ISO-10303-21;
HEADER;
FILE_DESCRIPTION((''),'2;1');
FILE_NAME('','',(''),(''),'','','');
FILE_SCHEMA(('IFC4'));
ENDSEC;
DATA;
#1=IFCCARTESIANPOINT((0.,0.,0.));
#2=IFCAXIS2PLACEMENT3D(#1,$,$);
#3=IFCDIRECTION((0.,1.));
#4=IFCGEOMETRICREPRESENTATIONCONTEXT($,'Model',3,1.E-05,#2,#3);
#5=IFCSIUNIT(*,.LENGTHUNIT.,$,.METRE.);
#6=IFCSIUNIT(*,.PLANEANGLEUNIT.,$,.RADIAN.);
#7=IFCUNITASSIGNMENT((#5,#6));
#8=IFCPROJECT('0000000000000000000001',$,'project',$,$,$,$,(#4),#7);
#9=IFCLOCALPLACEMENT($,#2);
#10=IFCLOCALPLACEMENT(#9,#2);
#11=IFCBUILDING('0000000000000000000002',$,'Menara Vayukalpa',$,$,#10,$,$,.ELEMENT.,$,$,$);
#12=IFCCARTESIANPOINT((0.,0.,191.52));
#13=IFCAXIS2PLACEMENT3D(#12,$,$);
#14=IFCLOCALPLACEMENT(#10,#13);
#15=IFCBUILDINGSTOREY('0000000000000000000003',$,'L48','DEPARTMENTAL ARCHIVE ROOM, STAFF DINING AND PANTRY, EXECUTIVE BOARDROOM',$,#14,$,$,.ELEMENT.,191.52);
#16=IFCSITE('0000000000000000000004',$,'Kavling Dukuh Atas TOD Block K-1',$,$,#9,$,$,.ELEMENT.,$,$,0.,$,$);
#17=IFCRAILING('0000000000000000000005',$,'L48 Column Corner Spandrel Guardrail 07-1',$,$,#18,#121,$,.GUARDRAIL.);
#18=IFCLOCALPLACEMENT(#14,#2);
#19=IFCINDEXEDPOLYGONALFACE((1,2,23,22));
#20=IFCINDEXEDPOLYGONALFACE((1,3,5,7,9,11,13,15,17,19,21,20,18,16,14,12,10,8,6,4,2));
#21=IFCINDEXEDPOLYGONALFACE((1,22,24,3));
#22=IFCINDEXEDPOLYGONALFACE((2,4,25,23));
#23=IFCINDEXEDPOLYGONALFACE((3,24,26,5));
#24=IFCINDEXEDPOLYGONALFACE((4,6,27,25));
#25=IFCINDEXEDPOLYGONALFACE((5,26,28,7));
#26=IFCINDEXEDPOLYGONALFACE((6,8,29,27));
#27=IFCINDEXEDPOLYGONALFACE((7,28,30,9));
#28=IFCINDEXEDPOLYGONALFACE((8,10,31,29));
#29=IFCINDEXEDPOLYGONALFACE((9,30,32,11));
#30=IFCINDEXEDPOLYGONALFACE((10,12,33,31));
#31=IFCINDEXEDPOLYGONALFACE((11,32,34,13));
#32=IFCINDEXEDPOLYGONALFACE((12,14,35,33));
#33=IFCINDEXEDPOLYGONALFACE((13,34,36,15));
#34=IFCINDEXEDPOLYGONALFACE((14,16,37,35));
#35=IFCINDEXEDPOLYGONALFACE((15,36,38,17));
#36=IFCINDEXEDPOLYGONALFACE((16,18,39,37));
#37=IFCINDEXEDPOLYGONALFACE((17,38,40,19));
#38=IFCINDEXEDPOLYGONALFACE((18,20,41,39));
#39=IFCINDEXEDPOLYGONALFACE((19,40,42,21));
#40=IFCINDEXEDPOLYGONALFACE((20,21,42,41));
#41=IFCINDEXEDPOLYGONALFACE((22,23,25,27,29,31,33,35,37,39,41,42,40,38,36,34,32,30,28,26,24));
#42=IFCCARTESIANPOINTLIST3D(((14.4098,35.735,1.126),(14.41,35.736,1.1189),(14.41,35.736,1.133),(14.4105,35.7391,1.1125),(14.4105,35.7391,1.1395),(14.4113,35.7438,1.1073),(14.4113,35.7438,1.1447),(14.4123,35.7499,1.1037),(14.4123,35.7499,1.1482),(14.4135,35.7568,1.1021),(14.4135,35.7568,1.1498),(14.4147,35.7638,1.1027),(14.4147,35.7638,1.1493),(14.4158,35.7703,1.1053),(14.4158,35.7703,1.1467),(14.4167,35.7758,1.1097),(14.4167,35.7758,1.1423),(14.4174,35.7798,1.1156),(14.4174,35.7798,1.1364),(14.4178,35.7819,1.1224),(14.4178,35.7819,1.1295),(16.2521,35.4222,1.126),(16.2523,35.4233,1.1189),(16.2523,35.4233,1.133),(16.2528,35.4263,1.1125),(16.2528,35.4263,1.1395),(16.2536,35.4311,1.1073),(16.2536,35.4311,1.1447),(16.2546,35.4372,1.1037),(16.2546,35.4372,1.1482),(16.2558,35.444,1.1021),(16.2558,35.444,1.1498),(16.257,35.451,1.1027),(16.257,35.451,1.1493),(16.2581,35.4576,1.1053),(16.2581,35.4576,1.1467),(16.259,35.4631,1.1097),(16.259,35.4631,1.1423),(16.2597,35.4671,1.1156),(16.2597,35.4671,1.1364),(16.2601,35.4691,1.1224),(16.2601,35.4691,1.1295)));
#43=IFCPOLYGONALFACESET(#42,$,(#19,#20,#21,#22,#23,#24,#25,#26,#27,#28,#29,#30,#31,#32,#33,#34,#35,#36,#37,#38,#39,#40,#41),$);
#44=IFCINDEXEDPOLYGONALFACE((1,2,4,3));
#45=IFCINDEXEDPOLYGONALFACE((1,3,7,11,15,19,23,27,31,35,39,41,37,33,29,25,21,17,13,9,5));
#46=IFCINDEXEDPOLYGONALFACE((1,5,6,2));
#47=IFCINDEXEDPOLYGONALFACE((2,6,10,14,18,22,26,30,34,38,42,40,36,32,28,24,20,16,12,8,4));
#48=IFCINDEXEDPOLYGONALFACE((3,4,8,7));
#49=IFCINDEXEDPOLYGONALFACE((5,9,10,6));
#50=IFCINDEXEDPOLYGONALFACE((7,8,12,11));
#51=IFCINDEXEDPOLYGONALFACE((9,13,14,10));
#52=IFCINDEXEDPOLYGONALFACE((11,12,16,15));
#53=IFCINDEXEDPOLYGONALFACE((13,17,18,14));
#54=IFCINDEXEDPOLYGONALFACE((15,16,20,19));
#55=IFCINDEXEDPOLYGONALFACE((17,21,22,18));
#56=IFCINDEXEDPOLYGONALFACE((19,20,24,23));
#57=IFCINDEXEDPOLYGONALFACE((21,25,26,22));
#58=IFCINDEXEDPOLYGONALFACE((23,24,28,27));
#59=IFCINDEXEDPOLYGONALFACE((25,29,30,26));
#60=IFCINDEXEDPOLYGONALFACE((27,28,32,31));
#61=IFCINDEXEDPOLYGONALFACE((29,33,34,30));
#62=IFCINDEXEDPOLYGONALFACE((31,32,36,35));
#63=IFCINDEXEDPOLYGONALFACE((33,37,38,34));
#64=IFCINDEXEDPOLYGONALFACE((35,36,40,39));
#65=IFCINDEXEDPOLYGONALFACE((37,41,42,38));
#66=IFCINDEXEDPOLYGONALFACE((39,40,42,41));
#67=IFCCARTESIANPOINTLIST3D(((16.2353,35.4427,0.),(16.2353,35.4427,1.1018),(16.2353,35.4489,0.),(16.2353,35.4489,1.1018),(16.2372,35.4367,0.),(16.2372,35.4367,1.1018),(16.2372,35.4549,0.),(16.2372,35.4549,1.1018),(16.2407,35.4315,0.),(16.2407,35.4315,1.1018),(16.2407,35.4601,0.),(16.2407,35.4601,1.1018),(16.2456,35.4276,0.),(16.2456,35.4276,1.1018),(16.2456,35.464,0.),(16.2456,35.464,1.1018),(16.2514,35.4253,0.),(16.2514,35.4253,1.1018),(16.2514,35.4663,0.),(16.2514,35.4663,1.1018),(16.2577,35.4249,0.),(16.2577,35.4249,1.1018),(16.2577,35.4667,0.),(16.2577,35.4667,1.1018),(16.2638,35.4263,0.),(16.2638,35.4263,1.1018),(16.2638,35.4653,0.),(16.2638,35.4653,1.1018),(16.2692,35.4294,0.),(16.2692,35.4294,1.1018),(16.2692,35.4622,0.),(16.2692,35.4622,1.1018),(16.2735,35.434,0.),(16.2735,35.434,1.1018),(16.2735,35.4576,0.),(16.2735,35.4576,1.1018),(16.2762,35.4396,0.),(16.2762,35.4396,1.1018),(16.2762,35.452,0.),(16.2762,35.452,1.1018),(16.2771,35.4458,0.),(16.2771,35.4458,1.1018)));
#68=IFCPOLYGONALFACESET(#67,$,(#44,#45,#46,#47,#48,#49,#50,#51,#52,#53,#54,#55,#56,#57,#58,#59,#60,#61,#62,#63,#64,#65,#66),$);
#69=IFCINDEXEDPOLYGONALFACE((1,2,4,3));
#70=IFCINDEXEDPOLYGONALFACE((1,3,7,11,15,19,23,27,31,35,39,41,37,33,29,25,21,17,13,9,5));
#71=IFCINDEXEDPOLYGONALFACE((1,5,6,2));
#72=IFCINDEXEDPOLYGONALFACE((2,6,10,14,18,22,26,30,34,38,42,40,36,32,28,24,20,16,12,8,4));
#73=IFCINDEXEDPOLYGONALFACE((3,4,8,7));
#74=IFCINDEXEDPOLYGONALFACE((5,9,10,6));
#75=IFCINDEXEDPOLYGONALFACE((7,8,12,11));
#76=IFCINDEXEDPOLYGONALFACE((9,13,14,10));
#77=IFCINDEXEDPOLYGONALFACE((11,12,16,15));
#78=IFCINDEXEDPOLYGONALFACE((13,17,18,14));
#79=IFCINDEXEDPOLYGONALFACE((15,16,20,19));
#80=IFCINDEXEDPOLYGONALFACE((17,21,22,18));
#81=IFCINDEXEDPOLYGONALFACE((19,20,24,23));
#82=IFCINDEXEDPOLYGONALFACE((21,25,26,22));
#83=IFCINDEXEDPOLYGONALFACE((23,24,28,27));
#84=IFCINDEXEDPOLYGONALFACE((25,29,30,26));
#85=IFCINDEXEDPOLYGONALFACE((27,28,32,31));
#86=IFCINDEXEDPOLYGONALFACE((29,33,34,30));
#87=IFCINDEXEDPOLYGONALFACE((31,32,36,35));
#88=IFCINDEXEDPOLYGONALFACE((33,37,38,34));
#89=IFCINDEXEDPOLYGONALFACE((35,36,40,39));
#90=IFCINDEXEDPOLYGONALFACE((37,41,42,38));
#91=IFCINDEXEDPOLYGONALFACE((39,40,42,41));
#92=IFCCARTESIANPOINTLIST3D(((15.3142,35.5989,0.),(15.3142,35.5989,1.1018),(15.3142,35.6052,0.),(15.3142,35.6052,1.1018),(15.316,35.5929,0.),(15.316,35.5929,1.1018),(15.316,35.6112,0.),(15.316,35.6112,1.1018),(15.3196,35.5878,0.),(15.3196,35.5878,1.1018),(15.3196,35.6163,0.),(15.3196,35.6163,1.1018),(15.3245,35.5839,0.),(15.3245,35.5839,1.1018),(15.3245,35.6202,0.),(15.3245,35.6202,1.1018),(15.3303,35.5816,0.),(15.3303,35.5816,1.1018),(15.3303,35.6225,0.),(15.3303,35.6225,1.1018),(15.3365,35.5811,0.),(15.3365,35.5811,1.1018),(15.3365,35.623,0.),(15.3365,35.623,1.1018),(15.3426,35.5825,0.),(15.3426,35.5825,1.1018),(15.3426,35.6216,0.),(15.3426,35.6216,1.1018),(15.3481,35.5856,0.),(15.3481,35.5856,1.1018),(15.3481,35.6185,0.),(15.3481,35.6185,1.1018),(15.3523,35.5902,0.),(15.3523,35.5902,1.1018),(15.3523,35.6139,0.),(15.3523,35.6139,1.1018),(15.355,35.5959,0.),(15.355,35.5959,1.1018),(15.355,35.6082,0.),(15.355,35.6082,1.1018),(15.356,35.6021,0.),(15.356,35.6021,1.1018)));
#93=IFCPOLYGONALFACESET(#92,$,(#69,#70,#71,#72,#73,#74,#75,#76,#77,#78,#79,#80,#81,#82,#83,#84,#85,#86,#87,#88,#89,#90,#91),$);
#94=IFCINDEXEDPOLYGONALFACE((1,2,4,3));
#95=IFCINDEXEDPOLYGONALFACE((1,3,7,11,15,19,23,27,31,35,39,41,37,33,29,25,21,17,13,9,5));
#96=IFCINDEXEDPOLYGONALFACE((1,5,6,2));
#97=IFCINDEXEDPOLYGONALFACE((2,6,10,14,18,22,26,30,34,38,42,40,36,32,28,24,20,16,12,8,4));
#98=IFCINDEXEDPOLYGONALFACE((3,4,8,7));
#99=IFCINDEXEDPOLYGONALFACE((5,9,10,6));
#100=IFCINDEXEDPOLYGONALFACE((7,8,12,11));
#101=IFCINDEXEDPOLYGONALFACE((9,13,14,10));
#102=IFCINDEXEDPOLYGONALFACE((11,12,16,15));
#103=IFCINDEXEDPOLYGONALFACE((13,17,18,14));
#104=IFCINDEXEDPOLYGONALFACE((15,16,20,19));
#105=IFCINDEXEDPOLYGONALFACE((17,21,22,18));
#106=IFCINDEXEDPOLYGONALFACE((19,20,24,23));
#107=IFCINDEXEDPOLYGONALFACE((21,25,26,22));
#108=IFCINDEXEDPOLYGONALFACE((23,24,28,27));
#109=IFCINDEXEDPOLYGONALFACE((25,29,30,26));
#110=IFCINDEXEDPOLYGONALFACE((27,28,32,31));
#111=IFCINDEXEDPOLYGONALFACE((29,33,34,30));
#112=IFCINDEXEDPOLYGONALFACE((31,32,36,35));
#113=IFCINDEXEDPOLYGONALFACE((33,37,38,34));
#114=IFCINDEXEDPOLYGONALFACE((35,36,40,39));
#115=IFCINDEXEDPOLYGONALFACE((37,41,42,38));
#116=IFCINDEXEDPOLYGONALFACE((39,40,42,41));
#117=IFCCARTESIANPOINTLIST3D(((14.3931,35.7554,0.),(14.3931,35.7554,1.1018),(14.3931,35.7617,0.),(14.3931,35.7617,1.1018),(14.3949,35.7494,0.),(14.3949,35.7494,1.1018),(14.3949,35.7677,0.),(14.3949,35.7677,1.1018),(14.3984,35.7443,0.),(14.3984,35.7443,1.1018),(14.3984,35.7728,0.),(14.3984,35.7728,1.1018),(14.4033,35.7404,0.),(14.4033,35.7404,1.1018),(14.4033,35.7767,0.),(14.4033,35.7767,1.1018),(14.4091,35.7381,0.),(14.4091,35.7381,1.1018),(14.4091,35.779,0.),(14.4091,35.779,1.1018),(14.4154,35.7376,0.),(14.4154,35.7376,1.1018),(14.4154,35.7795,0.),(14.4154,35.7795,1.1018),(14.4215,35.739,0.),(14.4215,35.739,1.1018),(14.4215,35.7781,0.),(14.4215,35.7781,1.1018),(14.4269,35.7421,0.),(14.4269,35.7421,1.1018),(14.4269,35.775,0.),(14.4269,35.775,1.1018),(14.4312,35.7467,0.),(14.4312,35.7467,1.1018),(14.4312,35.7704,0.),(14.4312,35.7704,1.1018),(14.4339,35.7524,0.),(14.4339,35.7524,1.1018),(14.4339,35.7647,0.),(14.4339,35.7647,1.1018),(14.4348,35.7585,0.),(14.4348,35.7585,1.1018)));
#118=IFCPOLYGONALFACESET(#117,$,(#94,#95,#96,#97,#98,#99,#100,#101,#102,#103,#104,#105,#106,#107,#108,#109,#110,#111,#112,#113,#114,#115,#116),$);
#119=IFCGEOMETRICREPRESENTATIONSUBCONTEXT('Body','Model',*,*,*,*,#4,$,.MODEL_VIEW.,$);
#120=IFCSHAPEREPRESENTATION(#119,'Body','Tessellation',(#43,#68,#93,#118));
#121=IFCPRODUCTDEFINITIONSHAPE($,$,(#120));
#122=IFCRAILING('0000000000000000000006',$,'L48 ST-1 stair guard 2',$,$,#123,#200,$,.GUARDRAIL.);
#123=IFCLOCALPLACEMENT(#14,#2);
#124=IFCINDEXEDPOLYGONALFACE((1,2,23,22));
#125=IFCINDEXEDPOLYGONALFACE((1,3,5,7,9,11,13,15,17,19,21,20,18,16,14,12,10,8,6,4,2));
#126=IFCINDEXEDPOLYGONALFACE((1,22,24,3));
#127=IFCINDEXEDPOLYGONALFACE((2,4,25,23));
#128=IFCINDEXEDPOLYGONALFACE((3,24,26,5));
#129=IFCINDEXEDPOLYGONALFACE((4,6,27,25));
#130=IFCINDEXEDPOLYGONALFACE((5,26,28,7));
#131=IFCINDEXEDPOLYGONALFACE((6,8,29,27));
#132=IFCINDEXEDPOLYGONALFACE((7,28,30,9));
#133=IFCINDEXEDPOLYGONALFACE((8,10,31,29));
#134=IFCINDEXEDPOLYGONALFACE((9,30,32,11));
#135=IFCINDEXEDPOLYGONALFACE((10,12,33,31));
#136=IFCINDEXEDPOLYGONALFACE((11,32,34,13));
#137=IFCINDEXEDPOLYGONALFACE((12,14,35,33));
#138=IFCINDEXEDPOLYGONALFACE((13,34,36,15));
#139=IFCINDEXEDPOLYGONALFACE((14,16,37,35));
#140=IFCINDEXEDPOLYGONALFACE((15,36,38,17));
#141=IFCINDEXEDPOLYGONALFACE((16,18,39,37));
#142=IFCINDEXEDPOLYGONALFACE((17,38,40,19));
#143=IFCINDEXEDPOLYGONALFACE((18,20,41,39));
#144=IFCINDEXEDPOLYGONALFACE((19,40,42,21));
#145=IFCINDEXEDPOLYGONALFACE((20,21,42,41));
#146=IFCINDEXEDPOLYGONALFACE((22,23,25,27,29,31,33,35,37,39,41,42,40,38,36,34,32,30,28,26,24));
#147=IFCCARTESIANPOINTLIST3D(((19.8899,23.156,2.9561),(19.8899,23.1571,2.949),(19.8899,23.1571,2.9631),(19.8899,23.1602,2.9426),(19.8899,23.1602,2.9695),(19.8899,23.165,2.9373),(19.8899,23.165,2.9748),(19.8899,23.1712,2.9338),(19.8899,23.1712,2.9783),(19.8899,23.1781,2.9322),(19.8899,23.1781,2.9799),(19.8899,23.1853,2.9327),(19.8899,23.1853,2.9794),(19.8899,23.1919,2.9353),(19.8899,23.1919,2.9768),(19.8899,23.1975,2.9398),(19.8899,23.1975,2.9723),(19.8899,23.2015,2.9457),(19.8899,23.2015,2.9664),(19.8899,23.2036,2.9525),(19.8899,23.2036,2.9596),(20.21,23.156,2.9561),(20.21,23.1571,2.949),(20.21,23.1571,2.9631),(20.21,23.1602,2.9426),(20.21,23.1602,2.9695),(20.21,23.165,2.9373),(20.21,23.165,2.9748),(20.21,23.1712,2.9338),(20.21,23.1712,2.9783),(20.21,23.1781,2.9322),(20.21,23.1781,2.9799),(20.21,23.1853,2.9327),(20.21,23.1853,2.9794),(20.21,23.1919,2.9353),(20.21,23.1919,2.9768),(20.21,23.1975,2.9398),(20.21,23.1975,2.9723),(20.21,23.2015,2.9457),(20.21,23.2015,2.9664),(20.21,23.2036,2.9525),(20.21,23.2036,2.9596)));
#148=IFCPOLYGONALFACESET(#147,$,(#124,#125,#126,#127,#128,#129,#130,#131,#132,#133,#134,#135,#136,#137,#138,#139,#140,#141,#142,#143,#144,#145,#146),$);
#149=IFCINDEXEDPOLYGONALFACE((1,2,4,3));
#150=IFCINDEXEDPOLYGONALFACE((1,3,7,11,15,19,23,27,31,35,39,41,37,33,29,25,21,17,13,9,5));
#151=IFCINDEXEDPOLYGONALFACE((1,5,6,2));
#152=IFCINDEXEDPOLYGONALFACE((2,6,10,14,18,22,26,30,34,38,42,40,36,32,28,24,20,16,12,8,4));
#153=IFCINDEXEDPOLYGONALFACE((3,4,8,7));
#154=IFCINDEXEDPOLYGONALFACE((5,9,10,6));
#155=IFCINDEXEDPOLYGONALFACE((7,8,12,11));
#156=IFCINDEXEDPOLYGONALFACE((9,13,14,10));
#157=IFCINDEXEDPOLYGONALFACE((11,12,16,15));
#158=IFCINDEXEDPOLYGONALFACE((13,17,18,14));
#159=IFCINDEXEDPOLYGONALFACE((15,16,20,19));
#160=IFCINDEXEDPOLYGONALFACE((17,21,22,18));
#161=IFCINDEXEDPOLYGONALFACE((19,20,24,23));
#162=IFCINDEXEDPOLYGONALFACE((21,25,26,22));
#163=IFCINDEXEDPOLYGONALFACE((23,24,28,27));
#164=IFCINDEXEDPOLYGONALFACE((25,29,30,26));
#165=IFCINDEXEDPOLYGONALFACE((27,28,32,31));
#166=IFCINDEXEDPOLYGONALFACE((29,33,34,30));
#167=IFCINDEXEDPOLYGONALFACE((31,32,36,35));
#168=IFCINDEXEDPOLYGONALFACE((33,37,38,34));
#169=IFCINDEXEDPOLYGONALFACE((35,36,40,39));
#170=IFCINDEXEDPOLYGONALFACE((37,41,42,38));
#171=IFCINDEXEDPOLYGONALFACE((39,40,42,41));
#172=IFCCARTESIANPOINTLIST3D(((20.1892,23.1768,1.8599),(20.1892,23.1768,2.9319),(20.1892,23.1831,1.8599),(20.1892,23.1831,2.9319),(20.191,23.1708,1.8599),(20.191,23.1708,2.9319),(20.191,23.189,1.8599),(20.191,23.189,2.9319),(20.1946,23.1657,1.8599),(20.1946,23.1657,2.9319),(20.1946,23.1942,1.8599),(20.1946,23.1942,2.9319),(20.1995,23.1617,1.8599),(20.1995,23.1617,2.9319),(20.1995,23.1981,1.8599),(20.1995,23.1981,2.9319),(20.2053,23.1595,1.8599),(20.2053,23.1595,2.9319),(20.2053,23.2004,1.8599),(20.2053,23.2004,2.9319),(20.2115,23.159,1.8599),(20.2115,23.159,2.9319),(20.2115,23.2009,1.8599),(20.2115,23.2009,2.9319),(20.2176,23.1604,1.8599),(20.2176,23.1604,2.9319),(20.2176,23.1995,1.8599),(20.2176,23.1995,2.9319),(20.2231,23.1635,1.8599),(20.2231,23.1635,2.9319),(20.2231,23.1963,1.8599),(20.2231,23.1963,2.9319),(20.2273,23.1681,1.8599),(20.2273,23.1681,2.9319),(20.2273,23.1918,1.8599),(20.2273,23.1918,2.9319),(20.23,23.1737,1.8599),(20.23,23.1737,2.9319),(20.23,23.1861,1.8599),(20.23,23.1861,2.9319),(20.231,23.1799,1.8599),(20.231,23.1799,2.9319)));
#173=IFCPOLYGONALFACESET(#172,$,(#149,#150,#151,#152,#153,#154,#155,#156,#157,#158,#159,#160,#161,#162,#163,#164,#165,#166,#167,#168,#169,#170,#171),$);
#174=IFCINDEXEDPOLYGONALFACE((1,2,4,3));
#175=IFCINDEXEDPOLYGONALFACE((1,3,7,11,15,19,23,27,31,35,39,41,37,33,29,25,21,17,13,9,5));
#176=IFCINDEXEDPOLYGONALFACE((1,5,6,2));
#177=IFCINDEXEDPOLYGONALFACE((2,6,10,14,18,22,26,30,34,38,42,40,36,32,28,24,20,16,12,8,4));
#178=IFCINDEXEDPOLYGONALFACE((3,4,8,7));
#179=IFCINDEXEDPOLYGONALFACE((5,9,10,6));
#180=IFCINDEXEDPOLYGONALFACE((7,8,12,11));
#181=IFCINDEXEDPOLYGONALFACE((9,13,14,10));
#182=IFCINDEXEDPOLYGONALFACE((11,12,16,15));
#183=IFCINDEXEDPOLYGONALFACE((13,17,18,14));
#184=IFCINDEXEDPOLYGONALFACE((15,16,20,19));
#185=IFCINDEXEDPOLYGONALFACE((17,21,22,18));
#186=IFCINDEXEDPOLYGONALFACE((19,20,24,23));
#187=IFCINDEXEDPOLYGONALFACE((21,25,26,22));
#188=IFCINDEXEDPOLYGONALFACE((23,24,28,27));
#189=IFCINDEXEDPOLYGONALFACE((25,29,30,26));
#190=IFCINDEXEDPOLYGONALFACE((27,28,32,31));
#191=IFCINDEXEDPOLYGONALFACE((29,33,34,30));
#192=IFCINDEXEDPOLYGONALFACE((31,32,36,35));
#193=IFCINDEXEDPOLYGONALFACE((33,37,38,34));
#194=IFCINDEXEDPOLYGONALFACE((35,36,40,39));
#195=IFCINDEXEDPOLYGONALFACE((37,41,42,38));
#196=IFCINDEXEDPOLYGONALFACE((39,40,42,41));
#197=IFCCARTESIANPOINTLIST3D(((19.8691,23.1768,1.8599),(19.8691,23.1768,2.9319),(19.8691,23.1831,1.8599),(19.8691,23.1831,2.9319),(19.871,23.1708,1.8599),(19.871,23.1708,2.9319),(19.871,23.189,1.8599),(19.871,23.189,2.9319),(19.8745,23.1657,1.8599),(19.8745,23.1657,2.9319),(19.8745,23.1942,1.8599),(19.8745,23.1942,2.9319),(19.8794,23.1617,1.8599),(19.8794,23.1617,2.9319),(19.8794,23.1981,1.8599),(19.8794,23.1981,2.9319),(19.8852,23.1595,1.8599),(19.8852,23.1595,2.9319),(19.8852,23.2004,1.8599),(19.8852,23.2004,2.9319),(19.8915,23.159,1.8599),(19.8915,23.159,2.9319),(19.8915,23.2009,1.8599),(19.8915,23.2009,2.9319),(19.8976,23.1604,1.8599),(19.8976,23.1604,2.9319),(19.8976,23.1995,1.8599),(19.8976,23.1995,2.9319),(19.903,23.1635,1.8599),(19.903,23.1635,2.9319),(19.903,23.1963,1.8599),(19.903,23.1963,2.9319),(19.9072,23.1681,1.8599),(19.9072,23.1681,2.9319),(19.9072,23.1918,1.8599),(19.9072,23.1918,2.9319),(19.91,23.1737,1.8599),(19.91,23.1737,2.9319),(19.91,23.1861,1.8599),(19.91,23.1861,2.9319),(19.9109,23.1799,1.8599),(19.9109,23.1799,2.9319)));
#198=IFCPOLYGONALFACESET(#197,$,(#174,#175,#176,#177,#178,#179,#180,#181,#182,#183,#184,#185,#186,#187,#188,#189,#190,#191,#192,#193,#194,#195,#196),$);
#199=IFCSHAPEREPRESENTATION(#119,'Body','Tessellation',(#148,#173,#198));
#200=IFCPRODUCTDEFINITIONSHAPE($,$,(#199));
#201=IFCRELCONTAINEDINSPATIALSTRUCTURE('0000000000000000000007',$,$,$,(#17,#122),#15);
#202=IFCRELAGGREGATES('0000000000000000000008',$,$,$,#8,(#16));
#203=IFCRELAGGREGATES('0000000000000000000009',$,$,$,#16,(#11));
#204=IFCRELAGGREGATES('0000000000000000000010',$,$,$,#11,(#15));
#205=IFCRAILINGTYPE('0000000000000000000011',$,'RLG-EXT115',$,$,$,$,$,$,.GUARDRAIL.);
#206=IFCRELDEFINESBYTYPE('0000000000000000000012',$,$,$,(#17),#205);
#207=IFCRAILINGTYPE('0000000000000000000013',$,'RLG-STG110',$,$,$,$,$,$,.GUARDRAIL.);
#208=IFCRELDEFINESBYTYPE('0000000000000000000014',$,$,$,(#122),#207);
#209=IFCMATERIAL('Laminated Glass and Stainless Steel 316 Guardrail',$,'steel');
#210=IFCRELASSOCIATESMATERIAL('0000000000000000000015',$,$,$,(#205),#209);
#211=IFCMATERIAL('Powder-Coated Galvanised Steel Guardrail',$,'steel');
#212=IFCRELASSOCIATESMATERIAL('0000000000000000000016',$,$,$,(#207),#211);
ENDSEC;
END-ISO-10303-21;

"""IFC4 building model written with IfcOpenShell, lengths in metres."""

from ifc_helpers import new_model, si_unit, direction, frame, origin, origin_2d, place, context, subcontext, project, spatial, circle, extrude, material, type_object, element, save


model = new_model("IFC4")

# Units and contexts
model_context = context("Model", 3, precision=1e-05, world=origin(), true_north=direction((0.0, 1.0)))
body_context = subcontext(model_context, "Body", "Model", "MODEL_VIEW")
ifc_project = project(units=[si_unit("LENGTHUNIT", "METRE"), si_unit("PLANEANGLEUNIT", "RADIAN")], contexts=[model_context])

# Site, building, storey
site_placement = place(None, origin())
site = spatial("IfcSite", under=ifc_project, at=site_placement, Name="Kavling Dukuh Atas TOD Block K-1", CompositionType="ELEMENT", RefElevation=0.0)
building_placement = place(site_placement, origin())
building = spatial("IfcBuilding", under=site, at=building_placement, Name="Menara Vayukalpa", CompositionType="ELEMENT")
storey_placement = place(building_placement, frame((0.0, 0.0, 191.52)))
storey = spatial("IfcBuildingStorey", under=building, at=storey_placement, Name="L48", Description="DEPARTMENTAL ARCHIVE ROOM, STAFF DINING AND PANTRY, EXECUTIVE BOARDROOM", CompositionType="ELEMENT", Elevation=191.52)

# Railings
ifc_material_1 = material(Name="Laminated Glass and Stainless Steel 316 Guardrail", Category="steel")
railing_type_1 = type_object("IfcRailingType", Name="RLG-EXT115", PredefinedType="GUARDRAIL", material=ifc_material_1)
railing_1_placement = place(storey_placement, frame((16.2561, 35.4458, 0.0)))
element("IfcRailing", 1, at=railing_1_placement, inside=storey, type_object=railing_type_1, Name="L48 Column Corner Spandrel Guardrail 07-1", PredefinedType="GUARDRAIL", context=body_context, shape_type="SweptSolid", body=[
    extrude(circle(Radius=0.0239, at=origin_2d()), frame((0.0, 0.0, 1.126), z_axis=(-0.985895, 0.167364, 0.0), x_axis=(-0.167364, -0.985895, 0.0)), (0.0, 0.0, 1.0), 1.8687),
    extrude(circle(Radius=0.021, at=origin_2d()), origin(), (0.0, 0.0, 1.0), 1.1018),
    extrude(circle(Radius=0.021, at=origin_2d()), frame((-0.9211, 0.1562, 0.0)), (0.0, 0.0, 1.0), 1.1018),
    extrude(circle(Radius=0.021, at=origin_2d()), frame((-1.8423, 0.3127, 0.0)), (0.0, 0.0, 1.0), 1.1018),
])
ifc_material_2 = material(Name="Powder-Coated Galvanised Steel Guardrail", Category="steel")
railing_type_2 = type_object("IfcRailingType", Name="RLG-STG110", PredefinedType="GUARDRAIL", material=ifc_material_2)
railing_2_placement = place(storey_placement, frame((20.21, 23.1799, 1.8599)))
element("IfcRailing", 2, at=railing_2_placement, inside=storey, type_object=railing_type_2, Name="L48 ST-1 stair guard 2", PredefinedType="GUARDRAIL", context=body_context, shape_type="SweptSolid", body=[
    extrude(circle(Radius=0.0239, at=origin_2d()), frame((0.0, 0.0, 1.0962), z_axis=(-1.0, 0.0, 0.0), x_axis=(0.0, -1.0, 0.0)), (0.0, 0.0, 1.0), 0.3201),
    extrude(circle(Radius=0.021, at=origin_2d()), origin(), (0.0, 0.0, 1.0), 1.072),
    extrude(circle(Radius=0.021, at=origin_2d()), frame((-0.3201, 0.0, 0.0)), (0.0, 0.0, 1.0), 1.072),
])

save(model, "model.ifc")
